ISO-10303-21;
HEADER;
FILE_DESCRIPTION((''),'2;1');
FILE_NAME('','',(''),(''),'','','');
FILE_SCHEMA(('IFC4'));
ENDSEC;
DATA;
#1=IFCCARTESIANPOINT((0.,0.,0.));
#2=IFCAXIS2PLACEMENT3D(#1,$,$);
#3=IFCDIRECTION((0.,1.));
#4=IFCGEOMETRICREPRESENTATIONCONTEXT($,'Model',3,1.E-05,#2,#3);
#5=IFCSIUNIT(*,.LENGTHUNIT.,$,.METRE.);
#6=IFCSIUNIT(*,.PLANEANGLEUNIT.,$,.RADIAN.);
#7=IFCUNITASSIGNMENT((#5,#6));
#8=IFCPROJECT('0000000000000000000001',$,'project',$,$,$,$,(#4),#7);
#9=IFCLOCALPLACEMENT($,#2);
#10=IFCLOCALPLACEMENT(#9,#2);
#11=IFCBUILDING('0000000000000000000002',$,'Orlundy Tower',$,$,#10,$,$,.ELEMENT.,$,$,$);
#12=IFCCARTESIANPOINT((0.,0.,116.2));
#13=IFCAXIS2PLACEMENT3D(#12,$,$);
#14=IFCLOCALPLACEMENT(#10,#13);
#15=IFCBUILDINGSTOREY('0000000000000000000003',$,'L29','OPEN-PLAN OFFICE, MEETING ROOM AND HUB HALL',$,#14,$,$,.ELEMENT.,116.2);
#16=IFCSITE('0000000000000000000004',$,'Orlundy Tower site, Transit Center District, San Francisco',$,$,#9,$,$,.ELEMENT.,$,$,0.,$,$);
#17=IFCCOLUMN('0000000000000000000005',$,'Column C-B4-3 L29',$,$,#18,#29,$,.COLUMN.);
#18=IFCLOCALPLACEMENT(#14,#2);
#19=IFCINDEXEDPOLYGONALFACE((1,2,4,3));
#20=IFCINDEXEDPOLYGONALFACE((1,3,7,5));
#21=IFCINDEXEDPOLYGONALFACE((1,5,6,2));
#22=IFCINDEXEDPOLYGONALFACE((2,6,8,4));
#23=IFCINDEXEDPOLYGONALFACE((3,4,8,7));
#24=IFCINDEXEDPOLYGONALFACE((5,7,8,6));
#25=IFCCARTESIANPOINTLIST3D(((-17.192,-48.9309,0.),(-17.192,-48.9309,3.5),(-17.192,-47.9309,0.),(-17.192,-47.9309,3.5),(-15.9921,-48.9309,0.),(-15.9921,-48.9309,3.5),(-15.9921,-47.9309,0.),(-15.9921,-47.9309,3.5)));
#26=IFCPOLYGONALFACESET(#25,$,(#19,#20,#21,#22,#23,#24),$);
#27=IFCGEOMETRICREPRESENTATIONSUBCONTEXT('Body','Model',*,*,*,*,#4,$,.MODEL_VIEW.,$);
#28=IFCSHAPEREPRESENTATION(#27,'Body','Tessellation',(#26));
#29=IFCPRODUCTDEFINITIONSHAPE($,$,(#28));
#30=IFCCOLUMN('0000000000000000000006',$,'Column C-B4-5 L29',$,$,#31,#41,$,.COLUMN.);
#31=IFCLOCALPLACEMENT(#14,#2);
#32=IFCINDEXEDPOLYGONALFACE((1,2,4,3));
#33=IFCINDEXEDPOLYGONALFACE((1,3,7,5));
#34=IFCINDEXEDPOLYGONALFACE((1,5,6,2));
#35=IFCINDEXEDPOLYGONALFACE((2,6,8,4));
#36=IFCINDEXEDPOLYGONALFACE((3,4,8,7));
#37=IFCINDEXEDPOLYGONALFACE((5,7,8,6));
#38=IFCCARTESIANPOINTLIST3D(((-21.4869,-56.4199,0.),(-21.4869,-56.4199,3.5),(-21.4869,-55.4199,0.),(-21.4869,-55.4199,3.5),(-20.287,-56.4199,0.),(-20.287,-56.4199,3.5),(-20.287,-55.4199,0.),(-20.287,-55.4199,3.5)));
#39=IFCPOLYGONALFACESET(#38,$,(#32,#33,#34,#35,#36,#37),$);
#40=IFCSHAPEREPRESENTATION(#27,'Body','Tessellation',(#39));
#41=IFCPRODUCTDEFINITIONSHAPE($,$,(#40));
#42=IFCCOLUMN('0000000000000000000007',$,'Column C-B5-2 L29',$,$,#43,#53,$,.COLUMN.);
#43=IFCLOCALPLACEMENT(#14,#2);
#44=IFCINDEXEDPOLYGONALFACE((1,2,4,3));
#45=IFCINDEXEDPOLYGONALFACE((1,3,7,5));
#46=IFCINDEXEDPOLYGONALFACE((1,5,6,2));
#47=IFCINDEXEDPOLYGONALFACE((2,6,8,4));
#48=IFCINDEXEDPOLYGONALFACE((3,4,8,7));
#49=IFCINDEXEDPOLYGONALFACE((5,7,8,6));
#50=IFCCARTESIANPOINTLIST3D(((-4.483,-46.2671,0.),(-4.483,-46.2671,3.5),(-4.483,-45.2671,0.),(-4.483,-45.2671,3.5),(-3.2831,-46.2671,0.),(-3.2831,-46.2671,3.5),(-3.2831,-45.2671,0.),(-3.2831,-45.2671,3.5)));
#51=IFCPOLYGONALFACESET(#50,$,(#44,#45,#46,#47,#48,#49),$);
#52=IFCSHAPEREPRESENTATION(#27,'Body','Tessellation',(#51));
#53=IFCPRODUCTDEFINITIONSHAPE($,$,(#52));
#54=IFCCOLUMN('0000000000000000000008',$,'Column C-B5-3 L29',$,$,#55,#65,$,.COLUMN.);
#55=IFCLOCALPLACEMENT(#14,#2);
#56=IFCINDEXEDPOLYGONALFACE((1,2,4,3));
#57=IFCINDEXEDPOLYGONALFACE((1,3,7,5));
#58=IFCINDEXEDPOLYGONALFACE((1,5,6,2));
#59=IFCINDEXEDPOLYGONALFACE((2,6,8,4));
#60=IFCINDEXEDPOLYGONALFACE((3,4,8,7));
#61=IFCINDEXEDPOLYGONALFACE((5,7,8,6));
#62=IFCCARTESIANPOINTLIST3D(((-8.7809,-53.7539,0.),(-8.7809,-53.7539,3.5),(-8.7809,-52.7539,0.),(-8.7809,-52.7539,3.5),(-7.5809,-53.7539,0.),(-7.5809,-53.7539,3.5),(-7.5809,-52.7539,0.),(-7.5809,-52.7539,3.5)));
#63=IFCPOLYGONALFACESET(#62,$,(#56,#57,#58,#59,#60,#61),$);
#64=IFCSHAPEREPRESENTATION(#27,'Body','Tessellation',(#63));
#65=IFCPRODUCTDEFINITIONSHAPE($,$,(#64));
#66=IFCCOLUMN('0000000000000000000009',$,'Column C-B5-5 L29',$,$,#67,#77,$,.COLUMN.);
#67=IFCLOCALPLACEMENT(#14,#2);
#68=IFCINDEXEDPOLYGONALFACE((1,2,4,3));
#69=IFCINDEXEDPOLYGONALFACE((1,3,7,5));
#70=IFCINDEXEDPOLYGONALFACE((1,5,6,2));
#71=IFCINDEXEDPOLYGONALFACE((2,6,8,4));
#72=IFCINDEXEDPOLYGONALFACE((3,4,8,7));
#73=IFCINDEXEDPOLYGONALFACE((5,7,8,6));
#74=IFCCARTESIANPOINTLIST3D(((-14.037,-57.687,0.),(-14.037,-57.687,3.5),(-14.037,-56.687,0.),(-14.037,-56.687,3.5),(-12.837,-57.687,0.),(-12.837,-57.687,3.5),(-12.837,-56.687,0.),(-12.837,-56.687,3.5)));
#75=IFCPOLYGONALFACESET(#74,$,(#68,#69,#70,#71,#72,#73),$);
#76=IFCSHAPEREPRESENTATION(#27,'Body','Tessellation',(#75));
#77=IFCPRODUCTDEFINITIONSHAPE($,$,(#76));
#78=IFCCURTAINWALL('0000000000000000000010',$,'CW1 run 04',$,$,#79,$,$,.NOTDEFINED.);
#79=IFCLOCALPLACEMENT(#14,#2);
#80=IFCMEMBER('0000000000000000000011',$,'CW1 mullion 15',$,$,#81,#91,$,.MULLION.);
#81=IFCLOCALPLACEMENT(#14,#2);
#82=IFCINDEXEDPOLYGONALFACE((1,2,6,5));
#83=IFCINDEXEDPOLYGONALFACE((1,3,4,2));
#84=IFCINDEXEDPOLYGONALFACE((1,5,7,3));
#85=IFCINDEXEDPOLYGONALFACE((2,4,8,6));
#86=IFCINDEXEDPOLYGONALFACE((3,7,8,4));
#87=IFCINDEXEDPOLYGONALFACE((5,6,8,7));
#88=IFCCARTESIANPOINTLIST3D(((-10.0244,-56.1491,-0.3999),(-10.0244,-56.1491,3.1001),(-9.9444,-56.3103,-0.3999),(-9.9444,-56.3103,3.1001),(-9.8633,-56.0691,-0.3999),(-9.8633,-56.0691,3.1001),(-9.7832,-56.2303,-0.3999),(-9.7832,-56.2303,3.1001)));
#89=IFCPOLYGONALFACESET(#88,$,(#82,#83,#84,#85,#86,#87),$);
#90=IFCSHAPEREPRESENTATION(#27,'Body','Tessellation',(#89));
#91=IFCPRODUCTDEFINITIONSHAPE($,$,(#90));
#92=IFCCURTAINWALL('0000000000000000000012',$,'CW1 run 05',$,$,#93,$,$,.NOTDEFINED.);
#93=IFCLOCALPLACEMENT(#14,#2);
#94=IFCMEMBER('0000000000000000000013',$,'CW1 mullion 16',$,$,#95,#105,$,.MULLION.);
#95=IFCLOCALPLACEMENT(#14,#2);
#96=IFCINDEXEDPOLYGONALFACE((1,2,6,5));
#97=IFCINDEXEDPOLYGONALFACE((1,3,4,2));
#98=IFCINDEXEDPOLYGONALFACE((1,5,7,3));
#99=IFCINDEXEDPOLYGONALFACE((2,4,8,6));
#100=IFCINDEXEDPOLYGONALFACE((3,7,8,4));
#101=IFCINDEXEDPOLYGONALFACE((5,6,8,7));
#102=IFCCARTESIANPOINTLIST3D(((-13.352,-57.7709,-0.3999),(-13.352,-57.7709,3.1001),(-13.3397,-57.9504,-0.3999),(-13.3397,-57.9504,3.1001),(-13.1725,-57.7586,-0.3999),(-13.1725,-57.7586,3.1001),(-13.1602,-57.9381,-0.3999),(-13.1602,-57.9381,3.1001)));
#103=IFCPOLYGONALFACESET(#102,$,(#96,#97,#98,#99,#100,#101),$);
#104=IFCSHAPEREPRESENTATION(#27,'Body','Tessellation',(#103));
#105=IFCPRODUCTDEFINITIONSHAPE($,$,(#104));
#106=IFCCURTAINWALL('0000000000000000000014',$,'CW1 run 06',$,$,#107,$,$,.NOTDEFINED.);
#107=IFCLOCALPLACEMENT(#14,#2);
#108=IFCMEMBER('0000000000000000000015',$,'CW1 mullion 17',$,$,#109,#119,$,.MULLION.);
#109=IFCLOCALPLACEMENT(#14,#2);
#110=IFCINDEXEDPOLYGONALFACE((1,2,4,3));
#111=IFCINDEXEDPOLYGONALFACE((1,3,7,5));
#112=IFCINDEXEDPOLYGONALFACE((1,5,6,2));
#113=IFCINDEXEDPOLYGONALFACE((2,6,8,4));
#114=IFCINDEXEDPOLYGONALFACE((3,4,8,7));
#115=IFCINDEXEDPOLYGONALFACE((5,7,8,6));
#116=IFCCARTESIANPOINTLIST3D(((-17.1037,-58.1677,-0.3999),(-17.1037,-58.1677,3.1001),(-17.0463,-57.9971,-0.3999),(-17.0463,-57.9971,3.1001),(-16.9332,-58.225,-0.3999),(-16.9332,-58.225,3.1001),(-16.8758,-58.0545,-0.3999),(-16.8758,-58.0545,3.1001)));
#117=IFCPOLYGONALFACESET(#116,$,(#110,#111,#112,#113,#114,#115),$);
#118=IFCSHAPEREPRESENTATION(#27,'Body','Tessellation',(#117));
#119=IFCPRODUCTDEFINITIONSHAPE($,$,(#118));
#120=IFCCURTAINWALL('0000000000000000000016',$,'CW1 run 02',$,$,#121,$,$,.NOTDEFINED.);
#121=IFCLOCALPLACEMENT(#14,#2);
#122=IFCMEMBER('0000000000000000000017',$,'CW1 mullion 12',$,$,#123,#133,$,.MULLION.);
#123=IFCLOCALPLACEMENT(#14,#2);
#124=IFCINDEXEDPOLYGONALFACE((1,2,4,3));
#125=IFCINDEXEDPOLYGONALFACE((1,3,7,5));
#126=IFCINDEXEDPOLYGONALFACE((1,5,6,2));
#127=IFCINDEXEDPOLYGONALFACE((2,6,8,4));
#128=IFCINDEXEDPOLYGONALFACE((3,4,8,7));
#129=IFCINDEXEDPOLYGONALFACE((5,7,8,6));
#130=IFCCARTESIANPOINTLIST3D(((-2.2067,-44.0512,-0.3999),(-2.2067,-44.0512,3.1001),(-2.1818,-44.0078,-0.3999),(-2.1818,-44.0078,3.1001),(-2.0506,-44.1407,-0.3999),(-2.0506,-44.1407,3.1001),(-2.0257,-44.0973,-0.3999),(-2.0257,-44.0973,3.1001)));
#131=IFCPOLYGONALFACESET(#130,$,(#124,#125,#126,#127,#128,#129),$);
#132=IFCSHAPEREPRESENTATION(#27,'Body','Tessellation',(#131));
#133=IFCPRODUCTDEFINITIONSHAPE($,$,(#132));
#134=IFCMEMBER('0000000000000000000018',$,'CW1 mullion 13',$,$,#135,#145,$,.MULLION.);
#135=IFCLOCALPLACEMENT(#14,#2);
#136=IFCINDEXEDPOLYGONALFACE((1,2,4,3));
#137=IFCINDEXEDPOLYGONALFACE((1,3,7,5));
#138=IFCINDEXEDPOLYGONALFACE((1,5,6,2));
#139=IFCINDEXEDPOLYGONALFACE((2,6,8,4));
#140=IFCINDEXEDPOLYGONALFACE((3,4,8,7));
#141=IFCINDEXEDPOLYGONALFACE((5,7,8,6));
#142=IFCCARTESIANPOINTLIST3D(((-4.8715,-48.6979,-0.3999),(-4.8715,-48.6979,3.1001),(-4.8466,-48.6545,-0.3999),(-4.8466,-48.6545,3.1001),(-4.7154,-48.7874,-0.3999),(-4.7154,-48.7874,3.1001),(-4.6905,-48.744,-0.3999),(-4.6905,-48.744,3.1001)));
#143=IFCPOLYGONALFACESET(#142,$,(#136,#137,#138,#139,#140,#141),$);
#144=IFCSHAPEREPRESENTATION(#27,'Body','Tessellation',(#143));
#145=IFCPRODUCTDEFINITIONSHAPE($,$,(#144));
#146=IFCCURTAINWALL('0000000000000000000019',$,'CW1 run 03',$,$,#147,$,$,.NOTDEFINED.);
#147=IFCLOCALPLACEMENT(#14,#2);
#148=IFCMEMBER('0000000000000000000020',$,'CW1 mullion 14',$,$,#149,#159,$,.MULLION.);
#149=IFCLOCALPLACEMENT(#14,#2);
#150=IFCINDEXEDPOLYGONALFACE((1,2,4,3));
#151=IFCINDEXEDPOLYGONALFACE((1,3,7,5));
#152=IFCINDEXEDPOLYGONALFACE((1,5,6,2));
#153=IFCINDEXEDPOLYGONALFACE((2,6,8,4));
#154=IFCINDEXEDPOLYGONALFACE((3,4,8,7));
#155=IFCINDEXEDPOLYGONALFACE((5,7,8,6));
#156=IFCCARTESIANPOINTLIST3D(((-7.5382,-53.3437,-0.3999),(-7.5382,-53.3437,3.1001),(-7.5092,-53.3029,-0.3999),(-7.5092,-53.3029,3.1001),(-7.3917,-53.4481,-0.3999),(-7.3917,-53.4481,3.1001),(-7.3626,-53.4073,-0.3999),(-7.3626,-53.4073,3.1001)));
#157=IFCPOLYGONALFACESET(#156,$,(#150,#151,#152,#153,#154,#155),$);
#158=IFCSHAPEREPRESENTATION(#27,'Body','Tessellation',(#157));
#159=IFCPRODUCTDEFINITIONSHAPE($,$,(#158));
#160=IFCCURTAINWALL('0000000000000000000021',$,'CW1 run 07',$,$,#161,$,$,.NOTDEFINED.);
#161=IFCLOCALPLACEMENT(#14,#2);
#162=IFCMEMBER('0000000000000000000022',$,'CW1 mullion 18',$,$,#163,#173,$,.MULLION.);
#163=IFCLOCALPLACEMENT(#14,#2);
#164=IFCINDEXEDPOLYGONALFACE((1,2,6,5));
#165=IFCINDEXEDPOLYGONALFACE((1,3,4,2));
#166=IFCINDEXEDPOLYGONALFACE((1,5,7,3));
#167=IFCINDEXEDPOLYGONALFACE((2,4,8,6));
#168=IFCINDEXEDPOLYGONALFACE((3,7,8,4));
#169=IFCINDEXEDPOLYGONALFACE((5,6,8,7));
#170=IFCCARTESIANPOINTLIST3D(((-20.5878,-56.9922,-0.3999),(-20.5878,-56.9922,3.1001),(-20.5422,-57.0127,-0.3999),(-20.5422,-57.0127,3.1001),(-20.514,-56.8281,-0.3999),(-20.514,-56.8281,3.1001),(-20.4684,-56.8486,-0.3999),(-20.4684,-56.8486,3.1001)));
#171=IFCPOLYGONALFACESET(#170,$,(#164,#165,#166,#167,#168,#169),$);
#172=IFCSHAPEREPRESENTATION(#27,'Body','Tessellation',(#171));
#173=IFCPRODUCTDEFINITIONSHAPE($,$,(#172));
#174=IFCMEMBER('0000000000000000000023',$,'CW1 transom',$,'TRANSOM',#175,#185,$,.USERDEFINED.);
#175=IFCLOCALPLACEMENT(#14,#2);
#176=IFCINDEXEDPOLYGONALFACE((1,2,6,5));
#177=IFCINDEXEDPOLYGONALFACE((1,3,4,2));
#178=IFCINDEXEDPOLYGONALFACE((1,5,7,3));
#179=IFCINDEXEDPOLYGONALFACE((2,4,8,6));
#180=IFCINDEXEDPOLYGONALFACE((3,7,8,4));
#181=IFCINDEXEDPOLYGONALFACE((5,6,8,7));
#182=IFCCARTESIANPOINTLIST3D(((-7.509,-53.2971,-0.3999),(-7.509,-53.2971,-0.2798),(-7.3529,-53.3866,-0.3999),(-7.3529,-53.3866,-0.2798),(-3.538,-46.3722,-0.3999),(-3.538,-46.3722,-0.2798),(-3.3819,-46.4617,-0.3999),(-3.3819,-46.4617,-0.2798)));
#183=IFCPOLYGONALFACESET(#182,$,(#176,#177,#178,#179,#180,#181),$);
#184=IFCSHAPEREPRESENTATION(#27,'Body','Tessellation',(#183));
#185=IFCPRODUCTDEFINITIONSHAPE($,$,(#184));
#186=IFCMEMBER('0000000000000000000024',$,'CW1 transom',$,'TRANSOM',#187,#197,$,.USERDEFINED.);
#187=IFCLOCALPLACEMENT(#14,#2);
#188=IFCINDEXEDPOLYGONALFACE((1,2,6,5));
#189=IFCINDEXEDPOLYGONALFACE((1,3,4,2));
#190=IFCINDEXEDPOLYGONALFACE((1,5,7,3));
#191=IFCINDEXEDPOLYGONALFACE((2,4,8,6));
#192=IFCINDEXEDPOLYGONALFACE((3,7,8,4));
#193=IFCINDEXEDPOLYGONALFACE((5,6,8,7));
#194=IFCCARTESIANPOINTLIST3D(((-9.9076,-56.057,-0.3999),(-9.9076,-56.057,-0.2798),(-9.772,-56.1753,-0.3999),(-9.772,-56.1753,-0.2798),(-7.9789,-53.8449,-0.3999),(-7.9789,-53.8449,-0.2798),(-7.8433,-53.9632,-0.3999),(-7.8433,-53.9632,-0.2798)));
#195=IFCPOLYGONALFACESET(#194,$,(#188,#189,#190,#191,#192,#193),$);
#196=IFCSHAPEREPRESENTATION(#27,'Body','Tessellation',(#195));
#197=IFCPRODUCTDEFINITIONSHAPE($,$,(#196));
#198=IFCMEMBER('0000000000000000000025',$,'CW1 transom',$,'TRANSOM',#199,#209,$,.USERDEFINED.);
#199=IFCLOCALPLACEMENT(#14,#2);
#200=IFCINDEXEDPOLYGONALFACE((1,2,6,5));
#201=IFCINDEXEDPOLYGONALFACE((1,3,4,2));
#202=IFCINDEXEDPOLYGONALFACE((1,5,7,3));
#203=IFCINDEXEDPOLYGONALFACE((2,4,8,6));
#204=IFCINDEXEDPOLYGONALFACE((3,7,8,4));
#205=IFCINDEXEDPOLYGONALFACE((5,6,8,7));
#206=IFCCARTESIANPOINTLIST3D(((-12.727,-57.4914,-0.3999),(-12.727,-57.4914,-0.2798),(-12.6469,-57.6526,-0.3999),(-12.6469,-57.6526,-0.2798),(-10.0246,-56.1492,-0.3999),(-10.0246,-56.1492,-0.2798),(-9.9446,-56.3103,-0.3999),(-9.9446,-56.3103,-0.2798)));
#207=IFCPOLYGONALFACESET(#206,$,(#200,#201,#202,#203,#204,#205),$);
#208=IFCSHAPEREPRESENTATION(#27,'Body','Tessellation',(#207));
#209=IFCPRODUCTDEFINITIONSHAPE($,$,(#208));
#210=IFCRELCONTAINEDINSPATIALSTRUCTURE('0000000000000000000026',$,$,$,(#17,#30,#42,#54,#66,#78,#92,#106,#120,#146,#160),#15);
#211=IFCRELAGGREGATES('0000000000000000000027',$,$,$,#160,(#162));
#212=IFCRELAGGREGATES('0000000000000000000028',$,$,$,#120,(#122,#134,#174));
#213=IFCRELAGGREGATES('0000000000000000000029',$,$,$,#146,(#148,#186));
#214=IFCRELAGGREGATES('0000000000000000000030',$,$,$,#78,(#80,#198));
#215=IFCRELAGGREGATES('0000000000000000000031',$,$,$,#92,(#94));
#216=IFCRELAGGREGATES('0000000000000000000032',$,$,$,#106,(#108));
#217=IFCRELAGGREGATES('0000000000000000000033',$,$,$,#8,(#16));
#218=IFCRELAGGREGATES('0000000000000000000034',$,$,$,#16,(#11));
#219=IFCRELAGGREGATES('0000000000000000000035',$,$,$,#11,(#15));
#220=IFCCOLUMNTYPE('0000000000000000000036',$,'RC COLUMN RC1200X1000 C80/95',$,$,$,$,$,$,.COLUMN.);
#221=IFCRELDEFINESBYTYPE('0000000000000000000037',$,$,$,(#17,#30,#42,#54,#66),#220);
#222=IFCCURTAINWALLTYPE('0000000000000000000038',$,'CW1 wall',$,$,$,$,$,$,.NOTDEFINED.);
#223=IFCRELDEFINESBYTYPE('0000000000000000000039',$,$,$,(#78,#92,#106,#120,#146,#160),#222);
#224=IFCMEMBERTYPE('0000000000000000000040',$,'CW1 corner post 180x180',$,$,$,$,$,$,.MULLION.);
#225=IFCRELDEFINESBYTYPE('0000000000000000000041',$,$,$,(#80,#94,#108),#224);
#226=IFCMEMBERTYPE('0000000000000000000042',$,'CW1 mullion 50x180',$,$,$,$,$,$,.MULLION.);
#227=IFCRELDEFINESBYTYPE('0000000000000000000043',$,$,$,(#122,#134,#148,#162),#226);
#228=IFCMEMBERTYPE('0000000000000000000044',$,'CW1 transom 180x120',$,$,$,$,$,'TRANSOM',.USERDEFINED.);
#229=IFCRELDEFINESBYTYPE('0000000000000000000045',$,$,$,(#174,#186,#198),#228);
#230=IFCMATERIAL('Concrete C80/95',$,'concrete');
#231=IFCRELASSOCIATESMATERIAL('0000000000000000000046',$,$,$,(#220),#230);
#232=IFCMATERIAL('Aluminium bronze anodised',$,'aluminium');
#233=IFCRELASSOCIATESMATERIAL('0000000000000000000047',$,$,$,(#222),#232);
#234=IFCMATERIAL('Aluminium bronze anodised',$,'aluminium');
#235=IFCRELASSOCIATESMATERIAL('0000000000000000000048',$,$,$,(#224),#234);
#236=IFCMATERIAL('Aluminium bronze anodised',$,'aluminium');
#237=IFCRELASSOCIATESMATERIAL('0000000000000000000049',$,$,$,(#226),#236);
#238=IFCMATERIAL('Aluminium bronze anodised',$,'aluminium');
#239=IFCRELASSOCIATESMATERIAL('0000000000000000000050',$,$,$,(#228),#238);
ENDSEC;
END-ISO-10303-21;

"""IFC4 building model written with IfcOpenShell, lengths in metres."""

from ifc_helpers import new_model, si_unit, direction, frame, origin, origin_2d, place, context, subcontext, project, spatial, rectangle, extrude, material, material_profile, profile_set, type_object, element, aggregate, save


model = new_model("IFC4")

# Units and contexts
model_context = context("Model", 3, precision=1e-05, world=origin(), true_north=direction((0.0, 1.0)))
body_context = subcontext(model_context, "Body", "Model", "MODEL_VIEW")
ifc_project = project(units=[si_unit("LENGTHUNIT", "METRE"), si_unit("PLANEANGLEUNIT", "RADIAN")], contexts=[model_context])

# Site, building, storey
site_placement = place(None, origin())
site = spatial("IfcSite", under=ifc_project, at=site_placement, Name="Orlundy Tower site, Transit Center District, San Francisco", CompositionType="ELEMENT", RefElevation=0.0)
building_placement = place(site_placement, origin())
building = spatial("IfcBuilding", under=site, at=building_placement, Name="Orlundy Tower", CompositionType="ELEMENT")
storey_placement = place(building_placement, frame((0.0, 0.0, 116.2)))
storey = spatial("IfcBuildingStorey", under=building, at=storey_placement, Name="L29", Description="OPEN-PLAN OFFICE, MEETING ROOM AND HUB HALL", CompositionType="ELEMENT", Elevation=116.2)

# Columns
ifc_material_1 = material(Name="Concrete C80/95", Category="concrete")
ifc_material_profile_1 = material_profile(ifc_material_1, rectangle(XDim=1.2, YDim=1.0, at=origin_2d()), Name="RC1200X1000")
ifc_profile_set_1 = profile_set([ifc_material_profile_1], Name="Concrete C80/95")
column_type = type_object("IfcColumnType", Name="RC COLUMN RC1200X1000 C80/95", PredefinedType="COLUMN", material=ifc_profile_set_1)
for number, where, z_axis, x_axis, name in (
    (1, (-16.592, -48.4309, 0.0), (0.0, 0.0, 1.0), (1.0, 0.0, 0.0), "Column C-B4-3 L29"),
    (2, (-20.887, -55.9199, 0.0), (0.0, 0.0, 1.0), (1.0, 0.0, 0.0), "Column C-B4-5 L29"),
    (3, (-3.8831, -45.7671, 0.0), (0.0, 0.0, 1.0), (1.0, 0.0, 0.0), "Column C-B5-2 L29"),
    (4, (-8.1809, -53.2539, 0.0), (0.0, 0.0, 1.0), (1.0, 0.0, 0.0), "Column C-B5-3 L29"),
    (5, (-13.437, -57.187, 0.0), (0.0, 0.0, 1.0), (1.0, 0.0, 0.0), "Column C-B5-5 L29"),
):
    element("IfcColumn", number, at=place(storey_placement, frame(where, z_axis=z_axis, x_axis=x_axis)), inside=storey, type_object=column_type, Name=name, PredefinedType="COLUMN", context=body_context, shape_type="SweptSolid", body=[
        extrude(rectangle(XDim=1.2, YDim=1.0, at=origin_2d()), origin(), (0.0, 0.0, 1.0), 3.5),
    ])

# Curtain walls, members
ifc_material_2 = material(Name="Aluminium bronze anodised", Category="aluminium")
curtain_wall_type = type_object("IfcCurtainWallType", Name="CW1 wall", PredefinedType="NOTDEFINED", material=ifc_material_2)
curtain_wall_1_placement = place(storey_placement, origin())
curtain_wall_1 = element("IfcCurtainWall", 6, at=curtain_wall_1_placement, inside=storey, type_object=curtain_wall_type, Name="CW1 run 04", PredefinedType="NOTDEFINED")
ifc_material_3 = material(Name="Aluminium bronze anodised", Category="aluminium")
ifc_material_profile_2 = material_profile(ifc_material_3, rectangle(XDim=0.1799, YDim=0.1799, at=origin_2d()), Name="CW1 corner post 180x180")
ifc_profile_set_2 = profile_set([ifc_material_profile_2], Name="Aluminium bronze anodised")
member_type_1 = type_object("IfcMemberType", Name="CW1 corner post 180x180", PredefinedType="MULLION", material=ifc_profile_set_2)
member_1_placement = place(storey_placement, frame((-9.9038, -56.1897, -0.3999), z_axis=(0.0, 0.0, 1.0), x_axis=(0.444838, -0.895611, 0.0)))
member_1 = element("IfcMember", 7, at=member_1_placement, type_object=member_type_1, Name="CW1 mullion 15", PredefinedType="MULLION", context=body_context, shape_type="SweptSolid", body=[
    extrude(rectangle(XDim=0.1799, YDim=0.1799, at=origin_2d()), origin(), (0.0, 0.0, 1.0), 3.5),
])
curtain_wall_2_placement = place(storey_placement, origin())
curtain_wall_2 = element("IfcCurtainWall", 8, at=curtain_wall_2_placement, inside=storey, type_object=curtain_wall_type, Name="CW1 run 05", PredefinedType="NOTDEFINED")
member_2_placement = place(storey_placement, frame((-13.2561, -57.8545, -0.3999), z_axis=(0.0, 0.0, 1.0), x_axis=(0.068524, -0.997649, 0.0)))
member_2 = element("IfcMember", 9, at=member_2_placement, type_object=member_type_1, Name="CW1 mullion 16", PredefinedType="MULLION", context=body_context, shape_type="SweptSolid", body=[
    extrude(rectangle(XDim=0.1799, YDim=0.1799, at=origin_2d()), origin(), (0.0, 0.0, 1.0), 3.5),
])
curtain_wall_3_placement = place(storey_placement, origin())
curtain_wall_3 = element("IfcCurtainWall", 10, at=curtain_wall_3_placement, inside=storey, type_object=curtain_wall_type, Name="CW1 run 06", PredefinedType="NOTDEFINED")
member_3_placement = place(storey_placement, frame((-16.9897, -58.1111, -0.3999), z_axis=(0.0, 0.0, 1.0), x_axis=(-0.318897, -0.947789, 0.0)))
member_3 = element("IfcMember", 11, at=member_3_placement, type_object=member_type_1, Name="CW1 mullion 17", PredefinedType="MULLION", context=body_context, shape_type="SweptSolid", body=[
    extrude(rectangle(XDim=0.1799, YDim=0.1799, at=origin_2d()), origin(), (0.0, 0.0, 1.0), 3.5),
])

# Curtain wall, members
curtain_wall_4_placement = place(storey_placement, origin())
curtain_wall_4 = element("IfcCurtainWall", 12, at=curtain_wall_4_placement, inside=storey, type_object=curtain_wall_type, Name="CW1 run 02", PredefinedType="NOTDEFINED")
ifc_material_4 = material(Name="Aluminium bronze anodised", Category="aluminium")
ifc_material_profile_3 = material_profile(ifc_material_4, rectangle(XDim=0.1799, YDim=0.05, at=origin_2d()), Name="CW1 mullion 50x180")
ifc_profile_set_3 = profile_set([ifc_material_profile_3], Name="Aluminium bronze anodised")
member_type_2 = type_object("IfcMemberType", Name="CW1 mullion 50x180", PredefinedType="MULLION", material=ifc_profile_set_3)
member_4_placement = place(storey_placement, frame((-2.1162, -44.0742, -0.3999), z_axis=(0.0, 0.0, 1.0), x_axis=(0.867479, -0.497473, 0.0)))
member_4 = element("IfcMember", 13, at=member_4_placement, type_object=member_type_2, Name="CW1 mullion 12", PredefinedType="MULLION", context=body_context, shape_type="SweptSolid", body=[
    extrude(rectangle(XDim=0.1799, YDim=0.05, at=origin_2d()), origin(), (0.0, 0.0, 1.0), 3.5),
])
member_5_placement = place(storey_placement, frame((-4.781, -48.7209, -0.3999), z_axis=(0.0, 0.0, 1.0), x_axis=(0.867479, -0.497473, 0.0)))
member_5 = element("IfcMember", 14, at=member_5_placement, type_object=member_type_2, Name="CW1 mullion 13", PredefinedType="MULLION", context=body_context, shape_type="SweptSolid", body=[
    extrude(rectangle(XDim=0.1799, YDim=0.05, at=origin_2d()), origin(), (0.0, 0.0, 1.0), 3.5),
])

# Curtain walls, members
curtain_wall_5_placement = place(storey_placement, origin())
curtain_wall_5 = element("IfcCurtainWall", 15, at=curtain_wall_5_placement, inside=storey, type_object=curtain_wall_type, Name="CW1 run 03", PredefinedType="NOTDEFINED")
member_6_placement = place(storey_placement, frame((-7.4504, -53.3755, -0.3999), z_axis=(0.0, 0.0, 1.0), x_axis=(0.814535, -0.580114, 0.0)))
member_6 = element("IfcMember", 16, at=member_6_placement, type_object=member_type_2, Name="CW1 mullion 14", PredefinedType="MULLION", context=body_context, shape_type="SweptSolid", body=[
    extrude(rectangle(XDim=0.1799, YDim=0.05, at=origin_2d()), origin(), (0.0, 0.0, 1.0), 3.5),
])
curtain_wall_6_placement = place(storey_placement, origin())
curtain_wall_6 = element("IfcCurtainWall", 17, at=curtain_wall_6_placement, inside=storey, type_object=curtain_wall_type, Name="CW1 run 07", PredefinedType="NOTDEFINED")
member_7_placement = place(storey_placement, frame((-20.5281, -56.9204, -0.3999), z_axis=(0.0, 0.0, 1.0), x_axis=(-0.410158, -0.912015, 0.0)))
member_7 = element("IfcMember", 18, at=member_7_placement, type_object=member_type_2, Name="CW1 mullion 18", PredefinedType="MULLION", context=body_context, shape_type="SweptSolid", body=[
    extrude(rectangle(XDim=0.1799, YDim=0.05, at=origin_2d()), origin(), (0.0, 0.0, 1.0), 3.5),
])

# Members
ifc_material_5 = material(Name="Aluminium bronze anodised", Category="aluminium")
ifc_material_profile_4 = material_profile(ifc_material_5, rectangle(XDim=0.1799, YDim=0.1201, at=origin_2d()), Name="CW1 transom 180x120")
ifc_profile_set_4 = profile_set([ifc_material_profile_4], Name="Aluminium bronze anodised")
member_type_3 = type_object("IfcMemberType", Name="CW1 transom 180x120", ElementType="TRANSOM", PredefinedType="USERDEFINED", material=ifc_profile_set_4)
member_8_placement = place(storey_placement, frame((-3.46, -46.417, -0.3398), z_axis=(-0.497453, -0.867491, 0.0), x_axis=(0.867491, -0.497453, 0.0)))
member_8 = element("IfcMember", 19, at=member_8_placement, type_object=member_type_3, Name="CW1 transom", ObjectType="TRANSOM", PredefinedType="USERDEFINED", context=body_context, shape_type="SweptSolid", body=[
    extrude(rectangle(XDim=0.1799, YDim=0.1201, at=origin_2d()), origin(), (0.0, 0.0, 1.0), 7.9827),
])
member_9_placement = place(storey_placement, frame((-7.9111, -53.9041, -0.3398), z_axis=(-0.657167, -0.753745, 0.0), x_axis=(0.753745, -0.657167, 0.0)))
member_9 = element("IfcMember", 20, at=member_9_placement, type_object=member_type_3, Name="CW1 transom", ObjectType="TRANSOM", PredefinedType="USERDEFINED", context=body_context, shape_type="SweptSolid", body=[
    extrude(rectangle(XDim=0.1799, YDim=0.1201, at=origin_2d()), origin(), (0.0, 0.0, 1.0), 2.9348),
])
member_10_placement = place(storey_placement, frame((-9.9846, -56.2297, -0.3398), z_axis=(-0.895605, -0.444849, 0.0), x_axis=(0.444849, -0.895605, 0.0)))
member_10 = element("IfcMember", 21, at=member_10_placement, type_object=member_type_3, Name="CW1 transom", ObjectType="TRANSOM", PredefinedType="USERDEFINED", context=body_context, shape_type="SweptSolid", body=[
    extrude(rectangle(XDim=0.1799, YDim=0.1201, at=origin_2d()), origin(), (0.0, 0.0, 1.0), 3.0173),
])
aggregate(curtain_wall_6, [member_7])

aggregate(curtain_wall_4, [member_4, member_5, member_8])
aggregate(curtain_wall_5, [member_6, member_9])
aggregate(curtain_wall_1, [member_1, member_10])
aggregate(curtain_wall_2, [member_2])
aggregate(curtain_wall_3, [member_3])

save(model, "model.ifc")
